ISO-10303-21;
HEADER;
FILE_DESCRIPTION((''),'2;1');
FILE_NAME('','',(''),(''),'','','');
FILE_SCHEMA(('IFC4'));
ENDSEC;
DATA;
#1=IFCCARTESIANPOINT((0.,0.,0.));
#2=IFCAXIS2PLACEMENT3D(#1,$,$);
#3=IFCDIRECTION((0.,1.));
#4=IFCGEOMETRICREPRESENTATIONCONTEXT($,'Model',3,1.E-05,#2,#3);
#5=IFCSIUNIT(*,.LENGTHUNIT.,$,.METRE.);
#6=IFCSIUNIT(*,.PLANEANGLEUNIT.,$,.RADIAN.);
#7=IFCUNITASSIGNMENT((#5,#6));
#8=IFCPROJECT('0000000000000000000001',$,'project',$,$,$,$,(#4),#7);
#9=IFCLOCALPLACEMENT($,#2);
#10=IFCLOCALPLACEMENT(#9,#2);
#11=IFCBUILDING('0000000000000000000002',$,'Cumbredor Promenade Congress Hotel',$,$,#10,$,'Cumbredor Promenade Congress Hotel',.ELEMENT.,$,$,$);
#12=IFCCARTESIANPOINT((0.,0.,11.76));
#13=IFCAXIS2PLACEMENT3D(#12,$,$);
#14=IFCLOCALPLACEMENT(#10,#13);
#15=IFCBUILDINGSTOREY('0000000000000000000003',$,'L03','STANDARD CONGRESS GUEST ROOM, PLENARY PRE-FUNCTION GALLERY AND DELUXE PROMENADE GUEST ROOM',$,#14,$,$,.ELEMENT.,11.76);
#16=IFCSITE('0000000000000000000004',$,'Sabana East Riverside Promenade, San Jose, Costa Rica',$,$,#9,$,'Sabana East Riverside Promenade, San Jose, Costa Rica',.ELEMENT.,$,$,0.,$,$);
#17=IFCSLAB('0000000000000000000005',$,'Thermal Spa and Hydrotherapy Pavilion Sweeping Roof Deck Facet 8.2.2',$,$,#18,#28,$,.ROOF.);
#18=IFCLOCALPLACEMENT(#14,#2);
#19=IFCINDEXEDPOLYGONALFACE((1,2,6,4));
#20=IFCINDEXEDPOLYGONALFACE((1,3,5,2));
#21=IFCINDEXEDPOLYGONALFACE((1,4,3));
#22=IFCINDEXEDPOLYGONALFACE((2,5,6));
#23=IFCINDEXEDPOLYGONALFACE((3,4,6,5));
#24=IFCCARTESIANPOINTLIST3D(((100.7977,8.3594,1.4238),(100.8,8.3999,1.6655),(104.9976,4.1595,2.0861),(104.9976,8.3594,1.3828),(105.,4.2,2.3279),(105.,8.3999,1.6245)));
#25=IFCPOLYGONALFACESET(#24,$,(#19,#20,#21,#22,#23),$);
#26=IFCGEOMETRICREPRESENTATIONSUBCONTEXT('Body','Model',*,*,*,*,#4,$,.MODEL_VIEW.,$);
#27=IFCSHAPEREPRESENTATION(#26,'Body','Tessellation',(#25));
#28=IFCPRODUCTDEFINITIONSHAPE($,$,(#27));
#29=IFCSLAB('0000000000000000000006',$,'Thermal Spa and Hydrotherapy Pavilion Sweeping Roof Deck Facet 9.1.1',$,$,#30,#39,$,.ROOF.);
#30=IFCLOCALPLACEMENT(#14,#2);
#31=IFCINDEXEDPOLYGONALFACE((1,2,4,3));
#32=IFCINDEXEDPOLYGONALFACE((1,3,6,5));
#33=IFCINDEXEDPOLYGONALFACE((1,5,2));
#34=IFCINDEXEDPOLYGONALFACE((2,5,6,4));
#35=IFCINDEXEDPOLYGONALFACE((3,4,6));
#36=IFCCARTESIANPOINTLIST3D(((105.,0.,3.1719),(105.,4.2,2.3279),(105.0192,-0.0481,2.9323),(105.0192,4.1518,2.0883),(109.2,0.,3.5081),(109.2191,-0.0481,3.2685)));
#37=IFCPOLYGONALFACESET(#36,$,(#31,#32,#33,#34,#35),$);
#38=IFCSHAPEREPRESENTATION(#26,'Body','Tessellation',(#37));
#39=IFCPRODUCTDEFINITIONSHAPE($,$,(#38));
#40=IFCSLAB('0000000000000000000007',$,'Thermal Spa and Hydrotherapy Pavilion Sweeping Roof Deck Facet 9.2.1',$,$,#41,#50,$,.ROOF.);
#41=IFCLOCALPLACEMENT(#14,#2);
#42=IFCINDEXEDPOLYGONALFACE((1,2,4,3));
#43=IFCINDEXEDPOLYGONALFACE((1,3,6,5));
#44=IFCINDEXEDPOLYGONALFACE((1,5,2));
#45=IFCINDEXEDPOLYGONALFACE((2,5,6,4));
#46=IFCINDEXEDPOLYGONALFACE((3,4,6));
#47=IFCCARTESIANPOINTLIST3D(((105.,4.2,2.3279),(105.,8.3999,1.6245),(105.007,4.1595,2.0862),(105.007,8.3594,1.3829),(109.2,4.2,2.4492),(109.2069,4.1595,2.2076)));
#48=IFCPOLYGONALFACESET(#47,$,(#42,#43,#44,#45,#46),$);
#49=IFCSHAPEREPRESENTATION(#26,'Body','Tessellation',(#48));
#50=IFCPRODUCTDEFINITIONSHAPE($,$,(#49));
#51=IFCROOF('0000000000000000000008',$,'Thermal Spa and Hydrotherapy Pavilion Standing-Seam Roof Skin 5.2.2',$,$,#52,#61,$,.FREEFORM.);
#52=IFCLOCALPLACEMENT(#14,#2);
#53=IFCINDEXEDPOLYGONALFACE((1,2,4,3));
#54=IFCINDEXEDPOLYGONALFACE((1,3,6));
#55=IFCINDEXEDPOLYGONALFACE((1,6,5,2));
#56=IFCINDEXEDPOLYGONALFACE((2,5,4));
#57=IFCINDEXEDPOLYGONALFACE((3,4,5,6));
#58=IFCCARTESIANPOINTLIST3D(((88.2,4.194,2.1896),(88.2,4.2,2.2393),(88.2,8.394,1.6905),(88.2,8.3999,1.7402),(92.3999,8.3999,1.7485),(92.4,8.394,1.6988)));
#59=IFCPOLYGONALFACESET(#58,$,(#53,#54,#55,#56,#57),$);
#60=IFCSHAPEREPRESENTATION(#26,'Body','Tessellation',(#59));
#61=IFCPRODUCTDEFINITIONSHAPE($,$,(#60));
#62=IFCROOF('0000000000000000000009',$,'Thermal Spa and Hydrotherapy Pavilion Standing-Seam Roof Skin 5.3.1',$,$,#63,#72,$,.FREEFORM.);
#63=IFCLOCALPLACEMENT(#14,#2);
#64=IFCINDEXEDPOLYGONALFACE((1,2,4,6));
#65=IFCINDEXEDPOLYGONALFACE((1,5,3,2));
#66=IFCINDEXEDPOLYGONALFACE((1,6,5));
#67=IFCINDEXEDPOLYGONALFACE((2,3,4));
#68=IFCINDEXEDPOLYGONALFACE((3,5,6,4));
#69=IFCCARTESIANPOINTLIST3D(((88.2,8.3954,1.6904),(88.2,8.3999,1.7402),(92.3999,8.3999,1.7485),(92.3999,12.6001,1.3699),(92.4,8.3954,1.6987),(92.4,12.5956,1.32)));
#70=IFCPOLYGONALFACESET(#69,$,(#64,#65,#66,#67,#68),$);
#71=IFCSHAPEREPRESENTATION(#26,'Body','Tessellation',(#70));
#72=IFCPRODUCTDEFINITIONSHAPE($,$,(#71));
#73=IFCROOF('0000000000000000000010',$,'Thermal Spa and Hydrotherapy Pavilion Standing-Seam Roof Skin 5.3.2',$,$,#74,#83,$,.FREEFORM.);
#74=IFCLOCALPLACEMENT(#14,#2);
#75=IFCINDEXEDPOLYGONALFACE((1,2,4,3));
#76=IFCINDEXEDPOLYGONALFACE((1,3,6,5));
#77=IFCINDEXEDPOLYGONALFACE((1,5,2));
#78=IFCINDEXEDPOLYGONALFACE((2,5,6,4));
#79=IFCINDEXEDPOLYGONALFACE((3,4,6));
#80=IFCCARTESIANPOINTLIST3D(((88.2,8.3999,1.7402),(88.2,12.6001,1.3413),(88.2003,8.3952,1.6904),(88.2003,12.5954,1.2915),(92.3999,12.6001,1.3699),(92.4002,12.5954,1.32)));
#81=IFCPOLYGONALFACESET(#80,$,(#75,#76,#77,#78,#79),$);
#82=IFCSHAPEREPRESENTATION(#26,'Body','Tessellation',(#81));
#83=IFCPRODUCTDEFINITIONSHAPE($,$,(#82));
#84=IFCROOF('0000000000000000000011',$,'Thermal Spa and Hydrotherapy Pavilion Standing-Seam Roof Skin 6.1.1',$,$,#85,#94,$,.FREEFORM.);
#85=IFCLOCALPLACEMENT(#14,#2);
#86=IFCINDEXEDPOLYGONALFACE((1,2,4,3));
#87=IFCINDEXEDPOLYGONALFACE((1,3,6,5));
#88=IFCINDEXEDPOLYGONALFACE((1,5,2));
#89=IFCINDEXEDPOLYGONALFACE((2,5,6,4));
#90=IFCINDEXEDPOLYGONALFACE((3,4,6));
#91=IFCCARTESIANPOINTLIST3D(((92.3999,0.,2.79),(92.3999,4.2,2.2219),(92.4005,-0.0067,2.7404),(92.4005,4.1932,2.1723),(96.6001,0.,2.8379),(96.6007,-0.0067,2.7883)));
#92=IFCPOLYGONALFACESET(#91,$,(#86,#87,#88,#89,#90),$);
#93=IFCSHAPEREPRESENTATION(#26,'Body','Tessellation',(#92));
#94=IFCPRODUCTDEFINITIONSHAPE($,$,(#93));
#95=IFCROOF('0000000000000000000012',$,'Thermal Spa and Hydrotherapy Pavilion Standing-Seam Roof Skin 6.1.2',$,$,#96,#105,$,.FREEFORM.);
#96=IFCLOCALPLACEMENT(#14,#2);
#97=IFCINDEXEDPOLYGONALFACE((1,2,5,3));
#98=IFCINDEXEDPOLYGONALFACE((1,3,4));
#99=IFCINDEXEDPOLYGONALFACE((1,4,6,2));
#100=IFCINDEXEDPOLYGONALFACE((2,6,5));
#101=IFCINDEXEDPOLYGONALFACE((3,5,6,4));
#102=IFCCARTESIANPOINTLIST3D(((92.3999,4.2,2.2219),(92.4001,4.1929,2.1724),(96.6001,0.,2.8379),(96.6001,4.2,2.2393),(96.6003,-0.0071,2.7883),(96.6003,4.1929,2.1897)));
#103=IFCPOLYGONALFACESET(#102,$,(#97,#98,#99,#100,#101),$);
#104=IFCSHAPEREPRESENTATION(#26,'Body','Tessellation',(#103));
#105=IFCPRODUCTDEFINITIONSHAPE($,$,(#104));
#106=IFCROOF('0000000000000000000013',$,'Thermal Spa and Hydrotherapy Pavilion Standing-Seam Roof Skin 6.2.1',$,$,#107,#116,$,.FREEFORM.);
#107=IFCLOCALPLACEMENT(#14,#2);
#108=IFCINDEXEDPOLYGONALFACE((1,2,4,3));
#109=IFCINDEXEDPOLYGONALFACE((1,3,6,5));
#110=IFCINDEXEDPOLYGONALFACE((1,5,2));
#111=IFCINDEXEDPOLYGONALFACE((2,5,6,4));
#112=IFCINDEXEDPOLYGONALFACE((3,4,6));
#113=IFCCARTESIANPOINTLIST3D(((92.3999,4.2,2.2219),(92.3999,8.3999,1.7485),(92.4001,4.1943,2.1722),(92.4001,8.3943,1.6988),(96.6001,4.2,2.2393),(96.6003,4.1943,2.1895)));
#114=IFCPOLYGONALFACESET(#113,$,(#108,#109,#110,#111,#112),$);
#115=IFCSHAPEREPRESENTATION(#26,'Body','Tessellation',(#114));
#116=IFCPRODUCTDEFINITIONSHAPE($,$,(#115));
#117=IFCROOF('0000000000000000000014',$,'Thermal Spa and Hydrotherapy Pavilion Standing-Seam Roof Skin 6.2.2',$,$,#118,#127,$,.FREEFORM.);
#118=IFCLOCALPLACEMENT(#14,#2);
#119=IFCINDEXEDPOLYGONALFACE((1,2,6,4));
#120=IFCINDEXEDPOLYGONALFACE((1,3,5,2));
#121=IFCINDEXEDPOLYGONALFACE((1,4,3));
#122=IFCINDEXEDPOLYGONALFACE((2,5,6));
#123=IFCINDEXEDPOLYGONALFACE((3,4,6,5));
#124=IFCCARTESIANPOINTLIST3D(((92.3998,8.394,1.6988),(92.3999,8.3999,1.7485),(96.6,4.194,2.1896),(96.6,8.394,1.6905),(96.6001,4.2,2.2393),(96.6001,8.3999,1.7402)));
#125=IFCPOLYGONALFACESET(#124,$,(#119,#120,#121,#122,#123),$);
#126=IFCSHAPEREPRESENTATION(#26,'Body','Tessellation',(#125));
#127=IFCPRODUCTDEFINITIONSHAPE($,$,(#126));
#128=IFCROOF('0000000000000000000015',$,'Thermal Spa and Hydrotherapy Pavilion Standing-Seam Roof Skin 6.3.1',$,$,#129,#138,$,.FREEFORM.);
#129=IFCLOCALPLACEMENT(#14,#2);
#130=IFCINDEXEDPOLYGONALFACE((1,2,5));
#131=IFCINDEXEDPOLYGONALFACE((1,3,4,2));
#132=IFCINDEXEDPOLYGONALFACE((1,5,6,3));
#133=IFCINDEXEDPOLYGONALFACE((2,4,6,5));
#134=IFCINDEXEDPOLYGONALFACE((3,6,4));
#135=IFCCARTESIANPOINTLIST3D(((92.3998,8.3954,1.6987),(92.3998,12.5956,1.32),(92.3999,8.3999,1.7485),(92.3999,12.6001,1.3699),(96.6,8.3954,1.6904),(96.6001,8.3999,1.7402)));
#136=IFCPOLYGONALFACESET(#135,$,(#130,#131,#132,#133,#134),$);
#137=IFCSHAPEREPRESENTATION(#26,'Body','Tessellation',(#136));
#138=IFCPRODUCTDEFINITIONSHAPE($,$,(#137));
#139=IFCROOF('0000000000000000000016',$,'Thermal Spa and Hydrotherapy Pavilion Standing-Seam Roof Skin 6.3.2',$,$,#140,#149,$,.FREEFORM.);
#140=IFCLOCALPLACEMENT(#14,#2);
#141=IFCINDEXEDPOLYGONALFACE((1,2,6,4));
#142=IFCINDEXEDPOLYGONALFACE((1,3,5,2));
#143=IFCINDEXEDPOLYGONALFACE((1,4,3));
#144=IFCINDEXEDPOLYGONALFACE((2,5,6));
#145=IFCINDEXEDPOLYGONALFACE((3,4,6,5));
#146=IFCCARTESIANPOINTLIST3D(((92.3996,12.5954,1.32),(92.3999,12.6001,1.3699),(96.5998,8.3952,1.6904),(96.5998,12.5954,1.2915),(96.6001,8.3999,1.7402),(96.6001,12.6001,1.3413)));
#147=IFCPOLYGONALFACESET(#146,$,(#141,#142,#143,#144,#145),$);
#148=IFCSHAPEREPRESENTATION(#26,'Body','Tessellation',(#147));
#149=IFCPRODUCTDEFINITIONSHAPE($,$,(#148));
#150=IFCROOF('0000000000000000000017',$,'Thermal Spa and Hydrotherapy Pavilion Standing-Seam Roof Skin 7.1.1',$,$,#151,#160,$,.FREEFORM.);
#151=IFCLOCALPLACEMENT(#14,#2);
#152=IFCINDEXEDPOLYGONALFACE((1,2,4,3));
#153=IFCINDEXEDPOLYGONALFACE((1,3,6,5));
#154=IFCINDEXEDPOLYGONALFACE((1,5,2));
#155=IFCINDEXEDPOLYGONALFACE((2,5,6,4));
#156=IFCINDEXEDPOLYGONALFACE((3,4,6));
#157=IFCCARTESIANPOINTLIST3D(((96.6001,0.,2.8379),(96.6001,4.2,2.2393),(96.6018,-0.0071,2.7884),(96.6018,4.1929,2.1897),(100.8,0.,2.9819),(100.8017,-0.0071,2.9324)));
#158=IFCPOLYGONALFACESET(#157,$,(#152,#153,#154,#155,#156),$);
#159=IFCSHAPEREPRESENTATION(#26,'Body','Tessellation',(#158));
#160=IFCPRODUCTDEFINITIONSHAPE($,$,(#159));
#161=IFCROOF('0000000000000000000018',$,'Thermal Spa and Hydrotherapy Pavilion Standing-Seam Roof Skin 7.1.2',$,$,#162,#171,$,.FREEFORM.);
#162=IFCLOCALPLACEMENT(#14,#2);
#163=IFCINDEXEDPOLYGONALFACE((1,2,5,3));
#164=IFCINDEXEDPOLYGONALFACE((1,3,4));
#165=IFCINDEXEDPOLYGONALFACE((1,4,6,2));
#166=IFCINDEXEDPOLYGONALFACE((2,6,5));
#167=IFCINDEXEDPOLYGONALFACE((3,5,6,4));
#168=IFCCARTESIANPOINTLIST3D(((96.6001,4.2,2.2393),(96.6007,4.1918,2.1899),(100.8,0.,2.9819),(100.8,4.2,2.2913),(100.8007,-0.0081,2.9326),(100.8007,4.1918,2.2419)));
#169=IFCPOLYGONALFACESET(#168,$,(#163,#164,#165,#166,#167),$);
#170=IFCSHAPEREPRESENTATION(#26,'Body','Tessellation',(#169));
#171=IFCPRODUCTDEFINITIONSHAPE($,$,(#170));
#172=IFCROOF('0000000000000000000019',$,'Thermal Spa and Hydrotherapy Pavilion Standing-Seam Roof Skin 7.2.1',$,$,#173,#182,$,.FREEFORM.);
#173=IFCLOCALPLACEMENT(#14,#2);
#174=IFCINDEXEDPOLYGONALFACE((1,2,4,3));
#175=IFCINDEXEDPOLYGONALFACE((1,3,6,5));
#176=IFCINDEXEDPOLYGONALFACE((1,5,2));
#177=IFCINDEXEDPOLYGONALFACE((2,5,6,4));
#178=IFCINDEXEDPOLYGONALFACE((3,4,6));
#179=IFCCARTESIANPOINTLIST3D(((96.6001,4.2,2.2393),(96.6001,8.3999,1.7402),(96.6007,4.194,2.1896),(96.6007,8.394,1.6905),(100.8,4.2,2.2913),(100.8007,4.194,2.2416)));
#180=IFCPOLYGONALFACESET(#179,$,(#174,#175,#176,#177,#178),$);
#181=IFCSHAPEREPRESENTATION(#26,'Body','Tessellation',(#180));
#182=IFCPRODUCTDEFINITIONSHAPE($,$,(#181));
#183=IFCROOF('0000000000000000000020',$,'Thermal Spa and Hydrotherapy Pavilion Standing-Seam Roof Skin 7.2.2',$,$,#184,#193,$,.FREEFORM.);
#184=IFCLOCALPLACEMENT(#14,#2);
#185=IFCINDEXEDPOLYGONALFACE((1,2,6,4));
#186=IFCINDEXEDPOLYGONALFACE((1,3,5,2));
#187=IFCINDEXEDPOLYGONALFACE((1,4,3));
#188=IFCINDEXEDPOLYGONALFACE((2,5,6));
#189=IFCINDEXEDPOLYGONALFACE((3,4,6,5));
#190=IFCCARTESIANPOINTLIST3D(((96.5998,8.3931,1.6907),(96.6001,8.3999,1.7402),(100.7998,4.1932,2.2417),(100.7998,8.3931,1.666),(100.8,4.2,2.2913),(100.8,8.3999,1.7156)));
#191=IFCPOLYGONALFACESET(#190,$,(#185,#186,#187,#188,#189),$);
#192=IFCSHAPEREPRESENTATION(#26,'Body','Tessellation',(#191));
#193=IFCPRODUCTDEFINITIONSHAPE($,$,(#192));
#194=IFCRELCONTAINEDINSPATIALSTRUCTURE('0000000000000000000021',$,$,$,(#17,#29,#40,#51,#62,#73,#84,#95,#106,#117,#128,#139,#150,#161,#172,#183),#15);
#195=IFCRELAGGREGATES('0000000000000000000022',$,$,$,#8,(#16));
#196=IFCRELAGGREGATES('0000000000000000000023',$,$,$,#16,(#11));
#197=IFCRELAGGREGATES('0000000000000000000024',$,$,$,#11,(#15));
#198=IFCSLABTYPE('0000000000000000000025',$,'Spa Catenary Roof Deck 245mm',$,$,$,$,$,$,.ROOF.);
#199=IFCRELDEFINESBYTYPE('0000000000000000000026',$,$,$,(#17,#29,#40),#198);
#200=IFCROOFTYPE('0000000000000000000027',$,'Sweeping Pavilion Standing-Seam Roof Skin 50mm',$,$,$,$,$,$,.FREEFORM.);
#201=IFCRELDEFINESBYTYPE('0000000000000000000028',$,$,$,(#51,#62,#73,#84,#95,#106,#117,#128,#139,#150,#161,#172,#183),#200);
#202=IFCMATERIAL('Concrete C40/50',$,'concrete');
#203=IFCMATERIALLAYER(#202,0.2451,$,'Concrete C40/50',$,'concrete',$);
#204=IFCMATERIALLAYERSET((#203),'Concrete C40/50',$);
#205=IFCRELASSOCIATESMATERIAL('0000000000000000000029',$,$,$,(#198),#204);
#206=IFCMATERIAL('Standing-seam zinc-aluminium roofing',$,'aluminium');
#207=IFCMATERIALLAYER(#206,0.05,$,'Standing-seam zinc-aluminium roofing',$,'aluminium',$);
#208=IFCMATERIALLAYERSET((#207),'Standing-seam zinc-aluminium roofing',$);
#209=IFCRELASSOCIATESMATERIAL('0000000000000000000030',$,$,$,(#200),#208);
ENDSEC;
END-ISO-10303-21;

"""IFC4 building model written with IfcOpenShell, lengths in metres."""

from ifc_helpers import new_model, si_unit, direction, frame, origin, place, context, subcontext, project, spatial, polyline, outline, extrude, material, layer, layer_set, type_object, element, save


model = new_model("IFC4")

# Units and contexts
model_context = context("Model", 3, precision=1e-05, world=origin(), true_north=direction((0.0, 1.0)))
body_context = subcontext(model_context, "Body", "Model", "MODEL_VIEW")
ifc_project = project(units=[si_unit("LENGTHUNIT", "METRE"), si_unit("PLANEANGLEUNIT", "RADIAN")], contexts=[model_context])

# Site, building, storey
site_placement = place(None, origin())
site = spatial("IfcSite", under=ifc_project, at=site_placement, Name="Sabana East Riverside Promenade, San Jose, Costa Rica", LongName="Sabana East Riverside Promenade, San Jose, Costa Rica", CompositionType="ELEMENT", RefElevation=0.0)
building_placement = place(site_placement, origin())
building = spatial("IfcBuilding", under=site, at=building_placement, Name="Cumbredor Promenade Congress Hotel", LongName="Cumbredor Promenade Congress Hotel", CompositionType="ELEMENT")
storey_placement = place(building_placement, frame((0.0, 0.0, 11.76)))
storey = spatial("IfcBuildingStorey", under=building, at=storey_placement, Name="L03", Description="STANDARD CONGRESS GUEST ROOM, PLENARY PRE-FUNCTION GALLERY AND DELUXE PROMENADE GUEST ROOM", CompositionType="ELEMENT", Elevation=11.76)

# Slabs
ifc_material_1 = material(Name="Concrete C40/50", Category="concrete")
ifc_layer_1 = layer(ifc_material_1, 0.2451, Name="Concrete C40/50", Category="concrete")
ifc_layer_set_1 = layer_set([ifc_layer_1], Name="Concrete C40/50")
slab_type = type_object("IfcSlabType", Name="Spa Catenary Roof Deck 245mm", PredefinedType="ROOF", material=ifc_layer_set_1)
slab_1_placement = place(storey_placement, frame((105.0, 4.2, 2.3279), z_axis=(0.009631, 0.165163, 0.986219), x_axis=(0.0, 0.986265, -0.165171)))
element("IfcSlab", 1, at=slab_1_placement, inside=storey, type_object=slab_type, Name="Thermal Spa and Hydrotherapy Pavilion Sweeping Roof Deck Facet 8.2.2", PredefinedType="ROOF", context=body_context, shape_type="SweptSolid", body=[
    extrude(outline(polyline([(0.0, 0.0), (4.2584, 0.0), (4.2517, 4.2001), (0.0, 0.0)])), origin(), (0.0, 0.0, -1.0), 0.2451),
])
slab_2_placement = place(storey_placement, frame((105.0, 0.0, 3.1719), z_axis=(-0.078235, 0.196411, 0.977396), x_axis=(0.996812, 0.0, 0.079789)))
element("IfcSlab", 2, at=slab_2_placement, inside=storey, type_object=slab_type, Name="Thermal Spa and Hydrotherapy Pavilion Sweeping Roof Deck Facet 9.1.1", PredefinedType="ROOF", context=body_context, shape_type="SweptSolid", body=[
    extrude(outline(polyline([(0.0, 0.0), (4.2134, 0.0), (-0.0673, 4.2834), (0.0, 0.0)])), origin(), (0.0, 0.0, -1.0), 0.2451),
])
slab_3_placement = place(storey_placement, frame((105.0, 4.2, 2.3279), z_axis=(-0.028482, 0.165104, 0.985865), x_axis=(0.999583, 0.0, 0.028878)))
element("IfcSlab", 3, at=slab_3_placement, inside=storey, type_object=slab_type, Name="Thermal Spa and Hydrotherapy Pavilion Sweeping Roof Deck Facet 9.2.1", PredefinedType="ROOF", context=body_context, shape_type="SweptSolid", body=[
    extrude(outline(polyline([(0.0, 0.0), (4.2017, 0.0), (-0.0203, 4.2584), (0.0, 0.0)])), origin(), (0.0, 0.0, -1.0), 0.2451),
])

# Roofs
ifc_material_2 = material(Name="Standing-seam zinc-aluminium roofing", Category="aluminium")
ifc_layer_2 = layer(ifc_material_2, 0.05, Name="Standing-seam zinc-aluminium roofing", Category="aluminium")
ifc_layer_set_2 = layer_set([ifc_layer_2], Name="Standing-seam zinc-aluminium roofing")
roof_type = type_object("IfcRoofType", Name="Sweeping Pavilion Standing-Seam Roof Skin 50mm", PredefinedType="FREEFORM", material=ifc_layer_set_2)
roof_1_placement = place(storey_placement, frame((88.2, 4.2, 2.2393), z_axis=(-0.001963, 0.117986, 0.993013), x_axis=(0.704706, 0.704706, -0.082338)))
element("IfcRoof", 4, at=roof_1_placement, inside=storey, type_object=roof_type, Name="Thermal Spa and Hydrotherapy Pavilion Standing-Seam Roof Skin 5.2.2", PredefinedType="FREEFORM", context=body_context, shape_type="SweptSolid", body=[
    extrude(outline(polyline([(0.0, 0.0), (5.9599, 0.0), (3.0008, 2.9806), (0.0, 0.0)])), origin(), (0.0, 0.0, -1.0), 0.05),
])
roof_2_placement = place(storey_placement, frame((88.2, 8.3999, 1.7402), z_axis=(-0.001968, 0.089789, 0.995959), x_axis=(0.999998, 0.0, 0.001976)))
element("IfcRoof", 5, at=roof_2_placement, inside=storey, type_object=roof_type, Name="Thermal Spa and Hydrotherapy Pavilion Standing-Seam Roof Skin 5.3.1", PredefinedType="FREEFORM", context=body_context, shape_type="SweptSolid", body=[
    extrude(outline(polyline([(0.0, 0.0), (4.2, 0.0), (4.1992, 4.2172), (0.0, 0.0)])), origin(), (0.0, 0.0, -1.0), 0.05),
])
roof_3_placement = place(storey_placement, frame((88.2, 8.3999, 1.7402), z_axis=(-0.006771, 0.09455, 0.995497), x_axis=(0.705716, 0.705757, -0.062232)))
element("IfcRoof", 6, at=roof_3_placement, inside=storey, type_object=roof_type, Name="Thermal Spa and Hydrotherapy Pavilion Standing-Seam Roof Skin 5.3.2", PredefinedType="FREEFORM", context=body_context, shape_type="SweptSolid", body=[
    extrude(outline(polyline([(0.0, 0.0), (5.9513, 0.0), (2.9891, 2.9776), (0.0, 0.0)])), origin(), (0.0, 0.0, -1.0), 0.05),
])
roof_4_placement = place(storey_placement, frame((92.3999, 0.0, 2.79), z_axis=(-0.011289, 0.134038, 0.990912), x_axis=(0.999935, 0.0, 0.011392)))
element("IfcRoof", 7, at=roof_4_placement, inside=storey, type_object=roof_type, Name="Thermal Spa and Hydrotherapy Pavilion Standing-Seam Roof Skin 6.1.1", PredefinedType="FREEFORM", context=body_context, shape_type="SweptSolid", body=[
    extrude(outline(polyline([(0.0, 0.0), (4.2005, 0.0), (-0.0065, 4.2382), (0.0, 0.0)])), origin(), (0.0, 0.0, -1.0), 0.05),
])
roof_5_placement = place(storey_placement, frame((96.6001, 0.0, 2.8379), z_axis=(-0.004086, 0.141106, 0.989986), x_axis=(0.0, 0.989994, -0.141107)))
element("IfcRoof", 8, at=roof_5_placement, inside=storey, type_object=roof_type, Name="Thermal Spa and Hydrotherapy Pavilion Standing-Seam Roof Skin 6.1.2", PredefinedType="FREEFORM", context=body_context, shape_type="SweptSolid", body=[
    extrude(outline(polyline([(0.0, 0.0), (4.2424, 0.0), (4.2448, 4.2002), (0.0, 0.0)])), origin(), (0.0, 0.0, -1.0), 0.05),
])
roof_6_placement = place(storey_placement, frame((92.3999, 4.2, 2.2219), z_axis=(-0.004101, 0.112003, 0.993699), x_axis=(0.999991, 0.0, 0.004127)))
element("IfcRoof", 9, at=roof_6_placement, inside=storey, type_object=roof_type, Name="Thermal Spa and Hydrotherapy Pavilion Standing-Seam Roof Skin 6.2.1", PredefinedType="FREEFORM", context=body_context, shape_type="SweptSolid", body=[
    extrude(outline(polyline([(0.0, 0.0), (4.2002, 0.0), (-0.002, 4.2265), (0.0, 0.0)])), origin(), (0.0, 0.0, -1.0), 0.05),
])
roof_7_placement = place(storey_placement, frame((96.6001, 4.2, 2.2393), z_axis=(0.001962, 0.117986, 0.993013), x_axis=(0.0, 0.993015, -0.117987)))
element("IfcRoof", 10, at=roof_7_placement, inside=storey, type_object=roof_type, Name="Thermal Spa and Hydrotherapy Pavilion Standing-Seam Roof Skin 6.2.2", PredefinedType="FREEFORM", context=body_context, shape_type="SweptSolid", body=[
    extrude(outline(polyline([(0.0, 0.0), (4.2295, 0.0), (4.2285, 4.2002), (0.0, 0.0)])), origin(), (0.0, 0.0, -1.0), 0.05),
])
roof_8_placement = place(storey_placement, frame((92.3999, 8.3999, 1.7485), z_axis=(0.001968, 0.089789, 0.995959), x_axis=(0.999998, 0.0, -0.001976)))
element("IfcRoof", 11, at=roof_8_placement, inside=storey, type_object=roof_type, Name="Thermal Spa and Hydrotherapy Pavilion Standing-Seam Roof Skin 6.3.1", PredefinedType="FREEFORM", context=body_context, shape_type="SweptSolid", body=[
    extrude(outline(polyline([(0.0, 0.0), (4.2002, 0.0), (0.0007, 4.2172), (0.0, 0.0)])), origin(), (0.0, 0.0, -1.0), 0.05),
])
roof_9_placement = place(storey_placement, frame((96.6001, 8.3999, 1.7402), z_axis=(0.00677, 0.09455, 0.995497), x_axis=(0.0, 0.99552, -0.094552)))
element("IfcRoof", 12, at=roof_9_placement, inside=storey, type_object=roof_type, Name="Thermal Spa and Hydrotherapy Pavilion Standing-Seam Roof Skin 6.3.2", PredefinedType="FREEFORM", context=body_context, shape_type="SweptSolid", body=[
    extrude(outline(polyline([(0.0, 0.0), (4.2191, 0.0), (4.2164, 4.2003), (0.0, 0.0)])), origin(), (0.0, 0.0, -1.0), 0.05),
])
roof_10_placement = place(storey_placement, frame((96.6001, 0.0, 2.8379), z_axis=(-0.033934, 0.141026, 0.989424), x_axis=(0.999412, 0.0, 0.034276)))
element("IfcRoof", 13, at=roof_10_placement, inside=storey, type_object=roof_type, Name="Thermal Spa and Hydrotherapy Pavilion Standing-Seam Roof Skin 7.1.1", PredefinedType="FREEFORM", context=body_context, shape_type="SweptSolid", body=[
    extrude(outline(polyline([(0.0, 0.0), (4.2024, 0.0), (-0.0205, 4.2423), (0.0, 0.0)])), origin(), (0.0, 0.0, -1.0), 0.05),
])
roof_11_placement = place(storey_placement, frame((100.8, 0.0, 2.9819), z_axis=(-0.012217, 0.162256, 0.986673), x_axis=(0.0, 0.986747, -0.162269)))
element("IfcRoof", 14, at=roof_11_placement, inside=storey, type_object=roof_type, Name="Thermal Spa and Hydrotherapy Pavilion Standing-Seam Roof Skin 7.1.2", PredefinedType="FREEFORM", context=body_context, shape_type="SweptSolid", body=[
    extrude(outline(polyline([(0.0, 0.0), (4.2564, 0.0), (4.2648, 4.2003), (0.0, 0.0)])), origin(), (0.0, 0.0, -1.0), 0.05),
])
roof_12_placement = place(storey_placement, frame((96.6001, 4.2, 2.2393), z_axis=(-0.012294, 0.117978, 0.99294), x_axis=(0.999923, 0.0, 0.012381)))
element("IfcRoof", 15, at=roof_12_placement, inside=storey, type_object=roof_type, Name="Thermal Spa and Hydrotherapy Pavilion Standing-Seam Roof Skin 7.2.1", PredefinedType="FREEFORM", context=body_context, shape_type="SweptSolid", body=[
    extrude(outline(polyline([(0.0, 0.0), (4.2003, 0.0), (-0.0062, 4.2295), (0.0, 0.0)])), origin(), (0.0, 0.0, -1.0), 0.05),
])
roof_13_placement = place(storey_placement, frame((100.8, 4.2, 2.2913), z_axis=(0.005817, 0.135797, 0.99072), x_axis=(0.0, 0.990736, -0.135799)))
element("IfcRoof", 16, at=roof_13_placement, inside=storey, type_object=roof_type, Name="Thermal Spa and Hydrotherapy Pavilion Standing-Seam Roof Skin 7.2.2", PredefinedType="FREEFORM", context=body_context, shape_type="SweptSolid", body=[
    extrude(outline(polyline([(0.0, 0.0), (4.2392, 0.0), (4.2359, 4.2), (0.0, 0.0)])), origin(), (0.0, 0.0, -1.0), 0.05),
])

save(model, "model.ifc")
